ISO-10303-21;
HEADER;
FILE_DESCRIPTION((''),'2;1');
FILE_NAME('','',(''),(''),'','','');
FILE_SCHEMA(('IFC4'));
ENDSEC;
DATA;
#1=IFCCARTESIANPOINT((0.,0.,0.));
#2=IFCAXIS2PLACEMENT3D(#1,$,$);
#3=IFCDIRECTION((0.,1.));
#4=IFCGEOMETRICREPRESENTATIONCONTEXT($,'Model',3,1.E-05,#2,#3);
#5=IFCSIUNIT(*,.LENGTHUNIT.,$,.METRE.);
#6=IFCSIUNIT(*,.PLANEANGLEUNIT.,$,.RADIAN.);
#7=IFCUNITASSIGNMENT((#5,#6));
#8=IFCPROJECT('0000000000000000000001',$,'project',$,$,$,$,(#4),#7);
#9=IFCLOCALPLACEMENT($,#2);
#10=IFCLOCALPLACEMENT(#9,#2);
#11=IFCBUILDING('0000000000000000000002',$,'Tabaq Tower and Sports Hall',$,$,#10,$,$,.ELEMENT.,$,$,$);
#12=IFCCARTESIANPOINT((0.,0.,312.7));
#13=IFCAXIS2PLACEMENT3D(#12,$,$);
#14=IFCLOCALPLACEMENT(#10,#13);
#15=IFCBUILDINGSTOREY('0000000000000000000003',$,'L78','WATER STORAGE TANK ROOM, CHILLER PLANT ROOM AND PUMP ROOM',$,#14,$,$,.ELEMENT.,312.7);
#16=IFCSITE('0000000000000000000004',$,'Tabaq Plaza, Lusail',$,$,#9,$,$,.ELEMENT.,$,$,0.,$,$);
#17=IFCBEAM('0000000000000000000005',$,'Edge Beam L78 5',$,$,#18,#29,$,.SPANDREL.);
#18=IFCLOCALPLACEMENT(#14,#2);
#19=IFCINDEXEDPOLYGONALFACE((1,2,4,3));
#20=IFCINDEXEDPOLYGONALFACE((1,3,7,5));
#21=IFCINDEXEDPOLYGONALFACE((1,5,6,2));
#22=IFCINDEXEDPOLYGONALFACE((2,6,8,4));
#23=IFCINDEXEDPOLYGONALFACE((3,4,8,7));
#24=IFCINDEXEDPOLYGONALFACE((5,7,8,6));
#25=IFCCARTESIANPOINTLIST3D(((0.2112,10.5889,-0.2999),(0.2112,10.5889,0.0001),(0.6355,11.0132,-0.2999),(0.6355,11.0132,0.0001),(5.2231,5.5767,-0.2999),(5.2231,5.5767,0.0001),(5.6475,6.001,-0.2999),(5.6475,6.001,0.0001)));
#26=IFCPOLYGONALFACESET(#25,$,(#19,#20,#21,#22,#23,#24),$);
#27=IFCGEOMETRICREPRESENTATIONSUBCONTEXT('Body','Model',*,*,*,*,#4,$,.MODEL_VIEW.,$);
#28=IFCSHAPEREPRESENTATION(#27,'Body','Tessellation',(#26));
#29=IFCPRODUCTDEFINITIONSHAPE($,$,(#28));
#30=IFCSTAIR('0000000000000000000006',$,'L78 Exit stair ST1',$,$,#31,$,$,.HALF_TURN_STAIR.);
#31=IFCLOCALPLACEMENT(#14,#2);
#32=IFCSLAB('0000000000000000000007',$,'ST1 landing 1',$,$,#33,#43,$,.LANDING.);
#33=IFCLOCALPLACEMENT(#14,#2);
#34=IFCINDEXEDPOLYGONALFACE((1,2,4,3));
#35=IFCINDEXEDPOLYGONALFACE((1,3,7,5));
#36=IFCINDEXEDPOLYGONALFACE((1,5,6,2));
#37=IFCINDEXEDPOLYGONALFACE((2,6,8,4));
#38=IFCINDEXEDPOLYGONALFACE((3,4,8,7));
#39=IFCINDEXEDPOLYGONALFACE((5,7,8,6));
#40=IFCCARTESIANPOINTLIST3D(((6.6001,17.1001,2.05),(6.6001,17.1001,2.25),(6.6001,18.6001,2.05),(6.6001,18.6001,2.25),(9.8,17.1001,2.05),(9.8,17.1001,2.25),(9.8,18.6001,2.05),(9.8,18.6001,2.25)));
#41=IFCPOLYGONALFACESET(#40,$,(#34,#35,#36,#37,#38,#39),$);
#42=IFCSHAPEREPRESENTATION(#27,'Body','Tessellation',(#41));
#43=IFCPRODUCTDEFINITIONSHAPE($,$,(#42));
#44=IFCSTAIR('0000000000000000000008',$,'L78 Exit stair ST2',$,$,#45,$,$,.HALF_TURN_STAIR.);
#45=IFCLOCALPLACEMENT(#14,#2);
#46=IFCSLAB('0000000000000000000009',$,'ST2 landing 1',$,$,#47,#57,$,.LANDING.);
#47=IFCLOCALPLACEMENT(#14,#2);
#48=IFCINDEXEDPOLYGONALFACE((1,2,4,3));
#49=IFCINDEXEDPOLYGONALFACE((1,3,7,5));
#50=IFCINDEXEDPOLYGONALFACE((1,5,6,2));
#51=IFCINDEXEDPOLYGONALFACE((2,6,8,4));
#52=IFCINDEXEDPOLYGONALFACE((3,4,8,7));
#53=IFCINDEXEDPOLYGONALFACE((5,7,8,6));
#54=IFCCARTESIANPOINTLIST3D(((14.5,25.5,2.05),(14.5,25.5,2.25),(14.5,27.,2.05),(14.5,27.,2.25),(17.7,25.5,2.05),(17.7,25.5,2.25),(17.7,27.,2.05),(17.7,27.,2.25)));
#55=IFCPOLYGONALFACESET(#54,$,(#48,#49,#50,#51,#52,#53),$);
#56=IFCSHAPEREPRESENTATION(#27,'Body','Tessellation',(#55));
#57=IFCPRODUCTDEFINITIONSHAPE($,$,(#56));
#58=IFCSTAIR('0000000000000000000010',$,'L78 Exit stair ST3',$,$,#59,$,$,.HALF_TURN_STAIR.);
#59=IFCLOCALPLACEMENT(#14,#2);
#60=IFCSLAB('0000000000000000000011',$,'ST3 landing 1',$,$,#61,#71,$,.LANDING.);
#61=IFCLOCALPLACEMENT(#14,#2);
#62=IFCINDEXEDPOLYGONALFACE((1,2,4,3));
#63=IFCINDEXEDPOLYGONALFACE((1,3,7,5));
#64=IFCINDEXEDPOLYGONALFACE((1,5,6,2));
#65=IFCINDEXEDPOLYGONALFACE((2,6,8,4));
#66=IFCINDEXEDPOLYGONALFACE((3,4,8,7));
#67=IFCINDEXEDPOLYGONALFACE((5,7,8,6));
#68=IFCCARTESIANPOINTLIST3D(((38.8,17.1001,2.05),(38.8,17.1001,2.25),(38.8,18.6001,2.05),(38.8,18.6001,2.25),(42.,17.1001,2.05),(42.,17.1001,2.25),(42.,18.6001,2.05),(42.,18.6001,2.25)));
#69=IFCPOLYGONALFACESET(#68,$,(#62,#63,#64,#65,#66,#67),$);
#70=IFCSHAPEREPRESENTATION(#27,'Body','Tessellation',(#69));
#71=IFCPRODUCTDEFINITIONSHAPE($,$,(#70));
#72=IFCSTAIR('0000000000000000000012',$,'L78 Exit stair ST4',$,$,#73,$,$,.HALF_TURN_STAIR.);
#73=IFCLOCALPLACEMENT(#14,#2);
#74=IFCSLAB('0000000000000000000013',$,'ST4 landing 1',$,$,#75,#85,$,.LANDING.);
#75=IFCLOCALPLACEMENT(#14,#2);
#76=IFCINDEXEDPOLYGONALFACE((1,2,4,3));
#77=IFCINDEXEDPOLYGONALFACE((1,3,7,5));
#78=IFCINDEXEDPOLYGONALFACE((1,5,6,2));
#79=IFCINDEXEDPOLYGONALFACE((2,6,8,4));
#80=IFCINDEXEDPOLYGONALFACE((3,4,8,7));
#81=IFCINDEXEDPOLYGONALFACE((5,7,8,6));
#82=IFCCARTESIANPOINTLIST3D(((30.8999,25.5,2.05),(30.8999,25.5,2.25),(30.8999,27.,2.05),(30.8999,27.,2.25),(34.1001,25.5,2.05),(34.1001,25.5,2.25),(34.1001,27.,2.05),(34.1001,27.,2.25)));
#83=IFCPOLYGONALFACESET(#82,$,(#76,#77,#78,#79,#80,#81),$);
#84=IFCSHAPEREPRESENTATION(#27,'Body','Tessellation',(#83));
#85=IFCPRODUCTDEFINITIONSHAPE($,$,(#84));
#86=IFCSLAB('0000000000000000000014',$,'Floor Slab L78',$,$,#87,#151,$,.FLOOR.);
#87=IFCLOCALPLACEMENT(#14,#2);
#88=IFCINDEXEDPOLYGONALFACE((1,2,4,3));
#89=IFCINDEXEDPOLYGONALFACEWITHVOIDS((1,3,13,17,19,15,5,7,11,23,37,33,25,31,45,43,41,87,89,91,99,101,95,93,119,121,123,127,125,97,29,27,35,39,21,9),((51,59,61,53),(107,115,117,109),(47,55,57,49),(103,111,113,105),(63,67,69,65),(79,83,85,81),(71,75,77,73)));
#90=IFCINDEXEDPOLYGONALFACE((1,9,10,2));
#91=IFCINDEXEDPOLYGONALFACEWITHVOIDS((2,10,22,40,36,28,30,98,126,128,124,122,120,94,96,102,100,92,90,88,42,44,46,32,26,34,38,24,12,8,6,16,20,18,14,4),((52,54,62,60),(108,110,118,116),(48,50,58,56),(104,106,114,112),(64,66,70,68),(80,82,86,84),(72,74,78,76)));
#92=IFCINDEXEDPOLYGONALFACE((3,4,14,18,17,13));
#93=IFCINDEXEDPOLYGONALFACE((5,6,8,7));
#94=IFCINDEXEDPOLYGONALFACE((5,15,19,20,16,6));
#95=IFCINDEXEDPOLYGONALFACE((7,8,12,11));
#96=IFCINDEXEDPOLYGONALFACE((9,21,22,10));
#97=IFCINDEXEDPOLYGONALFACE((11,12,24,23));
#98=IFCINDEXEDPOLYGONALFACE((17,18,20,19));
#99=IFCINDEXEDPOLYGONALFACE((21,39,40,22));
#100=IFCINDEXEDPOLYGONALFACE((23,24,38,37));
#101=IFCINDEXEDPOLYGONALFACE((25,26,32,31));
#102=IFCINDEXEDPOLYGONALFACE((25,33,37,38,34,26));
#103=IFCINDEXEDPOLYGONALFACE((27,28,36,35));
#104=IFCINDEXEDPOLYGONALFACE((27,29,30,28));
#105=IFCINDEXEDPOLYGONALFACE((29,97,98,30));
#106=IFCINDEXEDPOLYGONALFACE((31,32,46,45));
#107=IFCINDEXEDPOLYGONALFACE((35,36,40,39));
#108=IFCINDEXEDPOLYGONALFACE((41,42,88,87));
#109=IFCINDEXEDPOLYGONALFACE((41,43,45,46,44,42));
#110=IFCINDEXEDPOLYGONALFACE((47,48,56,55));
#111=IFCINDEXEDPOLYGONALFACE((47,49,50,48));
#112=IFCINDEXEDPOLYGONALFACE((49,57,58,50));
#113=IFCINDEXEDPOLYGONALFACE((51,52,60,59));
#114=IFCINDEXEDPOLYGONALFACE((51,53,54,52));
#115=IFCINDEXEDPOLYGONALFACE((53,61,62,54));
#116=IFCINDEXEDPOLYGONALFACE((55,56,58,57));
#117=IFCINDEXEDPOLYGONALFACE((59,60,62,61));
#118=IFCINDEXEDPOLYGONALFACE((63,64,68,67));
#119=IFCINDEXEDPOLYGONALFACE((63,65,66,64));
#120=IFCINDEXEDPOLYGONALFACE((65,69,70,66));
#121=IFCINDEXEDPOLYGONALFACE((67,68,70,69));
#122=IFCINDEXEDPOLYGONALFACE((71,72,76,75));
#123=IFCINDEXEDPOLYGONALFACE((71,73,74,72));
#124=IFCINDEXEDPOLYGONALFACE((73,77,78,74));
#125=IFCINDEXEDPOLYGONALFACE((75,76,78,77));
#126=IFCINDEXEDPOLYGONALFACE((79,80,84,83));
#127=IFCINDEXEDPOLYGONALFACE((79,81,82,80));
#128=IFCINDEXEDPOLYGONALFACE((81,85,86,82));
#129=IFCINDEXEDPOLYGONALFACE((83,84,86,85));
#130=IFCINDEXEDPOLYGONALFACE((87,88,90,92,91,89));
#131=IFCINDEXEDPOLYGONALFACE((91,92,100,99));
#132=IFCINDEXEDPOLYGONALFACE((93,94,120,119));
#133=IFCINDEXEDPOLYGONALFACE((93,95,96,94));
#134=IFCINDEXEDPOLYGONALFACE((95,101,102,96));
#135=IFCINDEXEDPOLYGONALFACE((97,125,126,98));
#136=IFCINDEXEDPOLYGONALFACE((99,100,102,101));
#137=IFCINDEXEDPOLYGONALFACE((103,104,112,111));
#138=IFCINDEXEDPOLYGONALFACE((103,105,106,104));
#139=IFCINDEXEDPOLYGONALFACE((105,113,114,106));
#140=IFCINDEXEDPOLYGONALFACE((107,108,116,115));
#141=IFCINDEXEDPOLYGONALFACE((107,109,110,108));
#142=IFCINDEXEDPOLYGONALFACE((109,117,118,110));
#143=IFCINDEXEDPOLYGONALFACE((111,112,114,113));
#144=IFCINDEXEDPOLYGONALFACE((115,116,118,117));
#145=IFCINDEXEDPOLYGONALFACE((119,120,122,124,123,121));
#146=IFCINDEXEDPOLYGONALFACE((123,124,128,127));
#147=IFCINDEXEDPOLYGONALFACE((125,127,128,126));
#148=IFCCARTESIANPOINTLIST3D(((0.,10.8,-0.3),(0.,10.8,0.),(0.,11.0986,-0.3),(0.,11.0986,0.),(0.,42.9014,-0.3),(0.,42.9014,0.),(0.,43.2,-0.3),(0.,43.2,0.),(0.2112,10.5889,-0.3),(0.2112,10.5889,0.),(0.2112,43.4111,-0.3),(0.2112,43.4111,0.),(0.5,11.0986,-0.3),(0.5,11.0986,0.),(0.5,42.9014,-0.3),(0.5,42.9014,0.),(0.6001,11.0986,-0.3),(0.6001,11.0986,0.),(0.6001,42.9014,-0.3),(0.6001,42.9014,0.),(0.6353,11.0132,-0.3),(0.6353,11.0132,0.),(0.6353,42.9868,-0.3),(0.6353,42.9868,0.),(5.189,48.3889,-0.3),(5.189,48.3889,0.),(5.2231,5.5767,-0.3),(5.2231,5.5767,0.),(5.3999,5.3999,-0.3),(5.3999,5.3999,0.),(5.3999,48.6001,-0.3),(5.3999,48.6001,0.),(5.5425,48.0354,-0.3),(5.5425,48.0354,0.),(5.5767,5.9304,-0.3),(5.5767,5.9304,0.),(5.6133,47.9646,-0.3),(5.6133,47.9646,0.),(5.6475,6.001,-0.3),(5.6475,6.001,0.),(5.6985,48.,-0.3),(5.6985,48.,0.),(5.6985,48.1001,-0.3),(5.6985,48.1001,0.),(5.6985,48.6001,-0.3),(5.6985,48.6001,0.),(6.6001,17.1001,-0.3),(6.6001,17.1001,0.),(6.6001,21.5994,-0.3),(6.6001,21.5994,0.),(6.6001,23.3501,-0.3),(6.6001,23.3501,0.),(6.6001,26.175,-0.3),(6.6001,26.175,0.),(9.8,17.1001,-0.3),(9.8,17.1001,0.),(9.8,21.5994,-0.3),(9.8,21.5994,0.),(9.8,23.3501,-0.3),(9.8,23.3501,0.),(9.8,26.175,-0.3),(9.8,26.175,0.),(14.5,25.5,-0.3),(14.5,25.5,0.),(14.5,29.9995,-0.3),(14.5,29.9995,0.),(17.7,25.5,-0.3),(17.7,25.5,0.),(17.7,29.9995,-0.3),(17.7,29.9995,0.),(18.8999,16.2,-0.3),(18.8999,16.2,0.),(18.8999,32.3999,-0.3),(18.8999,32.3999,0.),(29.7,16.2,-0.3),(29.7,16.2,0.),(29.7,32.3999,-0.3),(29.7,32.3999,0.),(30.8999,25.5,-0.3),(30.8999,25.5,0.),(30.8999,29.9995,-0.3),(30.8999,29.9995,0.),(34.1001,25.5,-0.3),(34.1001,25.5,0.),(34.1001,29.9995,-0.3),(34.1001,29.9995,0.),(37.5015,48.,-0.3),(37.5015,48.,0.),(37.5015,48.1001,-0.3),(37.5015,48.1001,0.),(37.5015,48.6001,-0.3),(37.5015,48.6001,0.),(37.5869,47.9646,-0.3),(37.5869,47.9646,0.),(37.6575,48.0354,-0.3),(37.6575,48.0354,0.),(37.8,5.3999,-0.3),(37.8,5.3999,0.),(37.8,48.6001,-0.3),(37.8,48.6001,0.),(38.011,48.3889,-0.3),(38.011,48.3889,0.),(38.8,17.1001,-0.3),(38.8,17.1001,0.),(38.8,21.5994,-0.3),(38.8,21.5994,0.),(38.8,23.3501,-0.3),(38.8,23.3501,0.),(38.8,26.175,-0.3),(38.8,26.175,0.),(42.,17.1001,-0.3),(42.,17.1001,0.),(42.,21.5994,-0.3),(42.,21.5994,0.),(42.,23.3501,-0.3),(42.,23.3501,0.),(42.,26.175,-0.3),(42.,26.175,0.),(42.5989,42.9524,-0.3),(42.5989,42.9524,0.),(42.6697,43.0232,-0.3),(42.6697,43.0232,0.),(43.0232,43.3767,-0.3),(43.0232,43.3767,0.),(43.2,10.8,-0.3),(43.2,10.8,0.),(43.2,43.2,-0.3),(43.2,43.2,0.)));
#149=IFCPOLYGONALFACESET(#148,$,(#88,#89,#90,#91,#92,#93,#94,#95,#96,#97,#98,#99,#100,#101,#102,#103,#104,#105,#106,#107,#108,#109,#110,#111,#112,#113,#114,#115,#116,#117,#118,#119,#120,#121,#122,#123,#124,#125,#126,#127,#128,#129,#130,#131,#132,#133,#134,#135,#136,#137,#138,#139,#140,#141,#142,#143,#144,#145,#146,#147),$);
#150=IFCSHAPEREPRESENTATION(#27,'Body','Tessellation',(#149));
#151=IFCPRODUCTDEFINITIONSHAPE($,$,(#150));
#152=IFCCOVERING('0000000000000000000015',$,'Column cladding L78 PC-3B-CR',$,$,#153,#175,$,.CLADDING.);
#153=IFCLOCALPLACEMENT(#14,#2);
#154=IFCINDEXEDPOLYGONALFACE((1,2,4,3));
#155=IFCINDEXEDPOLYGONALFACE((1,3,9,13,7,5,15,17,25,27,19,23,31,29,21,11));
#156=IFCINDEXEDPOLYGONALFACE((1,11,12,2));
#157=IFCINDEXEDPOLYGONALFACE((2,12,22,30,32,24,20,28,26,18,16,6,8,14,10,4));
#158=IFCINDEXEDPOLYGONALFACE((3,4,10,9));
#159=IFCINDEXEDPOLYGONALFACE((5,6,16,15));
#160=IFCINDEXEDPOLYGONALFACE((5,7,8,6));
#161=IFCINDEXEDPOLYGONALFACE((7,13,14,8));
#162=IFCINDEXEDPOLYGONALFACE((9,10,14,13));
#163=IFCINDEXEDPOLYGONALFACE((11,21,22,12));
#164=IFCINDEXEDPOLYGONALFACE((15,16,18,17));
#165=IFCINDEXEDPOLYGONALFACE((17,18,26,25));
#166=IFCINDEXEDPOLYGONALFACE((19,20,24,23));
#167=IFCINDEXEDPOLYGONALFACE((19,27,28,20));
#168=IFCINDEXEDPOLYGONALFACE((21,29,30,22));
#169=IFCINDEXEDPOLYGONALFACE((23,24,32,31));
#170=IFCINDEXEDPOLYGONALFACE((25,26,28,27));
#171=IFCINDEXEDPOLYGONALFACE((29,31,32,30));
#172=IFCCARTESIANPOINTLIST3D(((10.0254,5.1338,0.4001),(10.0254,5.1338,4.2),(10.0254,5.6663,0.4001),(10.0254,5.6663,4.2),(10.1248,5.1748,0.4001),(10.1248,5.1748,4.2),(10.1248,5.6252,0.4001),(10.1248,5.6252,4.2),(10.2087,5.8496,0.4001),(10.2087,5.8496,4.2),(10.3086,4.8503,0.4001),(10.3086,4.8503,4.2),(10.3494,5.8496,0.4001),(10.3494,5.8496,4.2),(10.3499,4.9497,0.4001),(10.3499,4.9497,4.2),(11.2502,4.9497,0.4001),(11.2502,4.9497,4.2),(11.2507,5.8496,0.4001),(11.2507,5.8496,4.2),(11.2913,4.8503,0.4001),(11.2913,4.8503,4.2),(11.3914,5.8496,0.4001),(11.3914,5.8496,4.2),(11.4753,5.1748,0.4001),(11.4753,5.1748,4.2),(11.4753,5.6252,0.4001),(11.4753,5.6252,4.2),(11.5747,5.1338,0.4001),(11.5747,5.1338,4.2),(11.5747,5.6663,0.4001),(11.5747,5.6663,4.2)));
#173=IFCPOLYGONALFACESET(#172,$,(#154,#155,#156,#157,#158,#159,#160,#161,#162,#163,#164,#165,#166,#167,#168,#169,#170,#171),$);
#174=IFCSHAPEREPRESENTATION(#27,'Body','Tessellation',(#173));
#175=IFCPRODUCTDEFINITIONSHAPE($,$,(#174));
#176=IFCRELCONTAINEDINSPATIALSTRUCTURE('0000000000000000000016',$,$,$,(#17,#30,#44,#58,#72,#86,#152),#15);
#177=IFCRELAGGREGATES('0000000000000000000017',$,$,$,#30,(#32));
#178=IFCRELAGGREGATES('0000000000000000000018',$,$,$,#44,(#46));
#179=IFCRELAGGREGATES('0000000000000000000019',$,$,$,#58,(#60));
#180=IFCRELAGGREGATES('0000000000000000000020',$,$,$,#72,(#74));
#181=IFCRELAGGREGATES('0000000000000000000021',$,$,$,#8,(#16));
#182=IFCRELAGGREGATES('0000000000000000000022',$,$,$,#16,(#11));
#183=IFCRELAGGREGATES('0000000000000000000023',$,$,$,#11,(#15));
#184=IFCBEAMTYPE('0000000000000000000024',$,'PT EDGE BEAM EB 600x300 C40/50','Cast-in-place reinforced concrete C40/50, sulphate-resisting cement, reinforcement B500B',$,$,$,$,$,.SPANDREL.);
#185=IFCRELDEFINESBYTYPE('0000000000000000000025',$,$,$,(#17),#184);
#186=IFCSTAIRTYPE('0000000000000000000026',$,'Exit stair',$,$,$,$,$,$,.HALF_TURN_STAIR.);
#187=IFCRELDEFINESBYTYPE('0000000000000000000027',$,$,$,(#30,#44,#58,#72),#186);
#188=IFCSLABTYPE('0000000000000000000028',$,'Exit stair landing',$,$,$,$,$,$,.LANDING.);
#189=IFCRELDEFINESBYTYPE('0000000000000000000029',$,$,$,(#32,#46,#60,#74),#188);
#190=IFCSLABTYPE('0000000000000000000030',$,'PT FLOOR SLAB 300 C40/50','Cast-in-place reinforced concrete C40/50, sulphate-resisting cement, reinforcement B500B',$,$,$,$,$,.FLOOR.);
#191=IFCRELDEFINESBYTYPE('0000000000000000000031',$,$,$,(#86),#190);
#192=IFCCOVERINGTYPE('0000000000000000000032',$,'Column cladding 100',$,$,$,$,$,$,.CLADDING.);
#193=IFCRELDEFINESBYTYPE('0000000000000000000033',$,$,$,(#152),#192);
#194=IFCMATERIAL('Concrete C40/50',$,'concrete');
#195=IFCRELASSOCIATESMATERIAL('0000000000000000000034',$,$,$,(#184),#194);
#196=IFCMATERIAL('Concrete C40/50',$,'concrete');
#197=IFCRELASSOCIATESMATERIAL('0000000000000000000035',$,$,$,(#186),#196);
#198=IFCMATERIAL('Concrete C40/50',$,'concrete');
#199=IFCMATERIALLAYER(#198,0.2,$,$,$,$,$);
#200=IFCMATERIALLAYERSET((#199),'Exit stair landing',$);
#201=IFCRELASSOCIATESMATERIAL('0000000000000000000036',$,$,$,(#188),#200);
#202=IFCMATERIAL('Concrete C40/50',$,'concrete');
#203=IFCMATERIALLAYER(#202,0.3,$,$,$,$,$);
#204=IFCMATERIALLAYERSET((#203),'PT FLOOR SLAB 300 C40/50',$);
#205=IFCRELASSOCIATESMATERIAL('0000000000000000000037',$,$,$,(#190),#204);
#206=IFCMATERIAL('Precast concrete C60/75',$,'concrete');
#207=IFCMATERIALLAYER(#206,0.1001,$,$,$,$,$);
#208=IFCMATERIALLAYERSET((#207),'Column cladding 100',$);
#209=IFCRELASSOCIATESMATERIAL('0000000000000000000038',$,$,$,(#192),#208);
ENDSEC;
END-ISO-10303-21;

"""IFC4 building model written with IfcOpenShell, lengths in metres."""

from ifc_helpers import new_model, si_unit, direction, frame, origin, origin_2d, place, context, subcontext, project, spatial, polyline, rectangle, outline, extrude, material, layer, layer_set, material_profile, profile_set, type_object, element, aggregate, save


model = new_model("IFC4")

# Units and contexts
model_context = context("Model", 3, precision=1e-05, world=origin(), true_north=direction((0.0, 1.0)))
body_context = subcontext(model_context, "Body", "Model", "MODEL_VIEW")
ifc_project = project(units=[si_unit("LENGTHUNIT", "METRE"), si_unit("PLANEANGLEUNIT", "RADIAN")], contexts=[model_context])

# Site, building, storey
site_placement = place(None, origin())
site = spatial("IfcSite", under=ifc_project, at=site_placement, Name="Tabaq Plaza, Lusail", CompositionType="ELEMENT", RefElevation=0.0)
building_placement = place(site_placement, origin())
building = spatial("IfcBuilding", under=site, at=building_placement, Name="Tabaq Tower and Sports Hall", CompositionType="ELEMENT")
storey_placement = place(building_placement, frame((0.0, 0.0, 312.7)))
storey = spatial("IfcBuildingStorey", under=building, at=storey_placement, Name="L78", Description="WATER STORAGE TANK ROOM, CHILLER PLANT ROOM AND PUMP ROOM", CompositionType="ELEMENT", Elevation=312.7)

# Beam
ifc_material_1 = material(Name="Concrete C40/50", Category="concrete")
ifc_material_profile = material_profile(ifc_material_1, rectangle(XDim=0.6001, YDim=0.3, at=origin_2d()), Name="EB 600x300")
ifc_profile_set = profile_set([ifc_material_profile], Name="Concrete C40/50")
beam_type = type_object("IfcBeamType", Name="PT EDGE BEAM EB 600x300 C40/50", Description="Cast-in-place reinforced concrete C40/50, sulphate-resisting cement, reinforcement B500B", PredefinedType="SPANDREL", material=ifc_profile_set)
beam_placement = place(storey_placement, frame((0.4233, 10.801, -0.1499), z_axis=(0.70709, -0.707124, 0.0), x_axis=(0.707124, 0.70709, 0.0)))
element("IfcBeam", 1, at=beam_placement, inside=storey, type_object=beam_type, Name="Edge Beam L78 5", PredefinedType="SPANDREL", context=body_context, shape_type="SweptSolid", body=[
    extrude(rectangle(XDim=0.6001, YDim=0.3, at=origin_2d()), origin(), (0.0, 0.0, 1.0), 7.0881),
])

# Stairs, slabs
ifc_material_2 = material(Name="Concrete C40/50", Category="concrete")
stair_type = type_object("IfcStairType", Name="Exit stair", PredefinedType="HALF_TURN_STAIR", material=ifc_material_2)
stair_1_placement = place(storey_placement, origin())
stair_1 = element("IfcStair", 2, at=stair_1_placement, inside=storey, type_object=stair_type, Name="L78 Exit stair ST1", PredefinedType="HALF_TURN_STAIR")
ifc_material_3 = material(Name="Concrete C40/50", Category="concrete")
ifc_layer_1 = layer(ifc_material_3, 0.2)
ifc_layer_set_1 = layer_set([ifc_layer_1], Name="Exit stair landing")
slab_type_1 = type_object("IfcSlabType", Name="Exit stair landing", PredefinedType="LANDING", material=ifc_layer_set_1)
slab_1_placement = place(storey_placement, frame((0.0, 0.0, 2.05)))
slab_1 = element("IfcSlab", 3, at=slab_1_placement, type_object=slab_type_1, Name="ST1 landing 1", PredefinedType="LANDING", context=body_context, shape_type="SweptSolid", body=[
    extrude(outline(polyline([(6.6001, 18.6001), (6.6001, 17.1001), (9.8, 17.1001), (9.8, 18.6001), (6.6001, 18.6001)])), origin(), (0.0, 0.0, 1.0), 0.2),
])
aggregate(stair_1, [slab_1])
stair_2_placement = place(storey_placement, origin())
stair_2 = element("IfcStair", 4, at=stair_2_placement, inside=storey, type_object=stair_type, Name="L78 Exit stair ST2", PredefinedType="HALF_TURN_STAIR")
slab_2_placement = place(storey_placement, frame((0.0, 0.0, 2.05)))
slab_2 = element("IfcSlab", 5, at=slab_2_placement, type_object=slab_type_1, Name="ST2 landing 1", PredefinedType="LANDING", context=body_context, shape_type="SweptSolid", body=[
    extrude(outline(polyline([(14.5, 27.0), (14.5, 25.5), (17.7, 25.5), (17.7, 27.0), (14.5, 27.0)])), origin(), (0.0, 0.0, 1.0), 0.2),
])
aggregate(stair_2, [slab_2])
stair_3_placement = place(storey_placement, origin())
stair_3 = element("IfcStair", 6, at=stair_3_placement, inside=storey, type_object=stair_type, Name="L78 Exit stair ST3", PredefinedType="HALF_TURN_STAIR")
slab_3_placement = place(storey_placement, frame((0.0, 0.0, 2.05)))
slab_3 = element("IfcSlab", 7, at=slab_3_placement, type_object=slab_type_1, Name="ST3 landing 1", PredefinedType="LANDING", context=body_context, shape_type="SweptSolid", body=[
    extrude(outline(polyline([(38.8, 18.6001), (38.8, 17.1001), (42.0, 17.1001), (42.0, 18.6001), (38.8, 18.6001)])), origin(), (0.0, 0.0, 1.0), 0.2),
])
aggregate(stair_3, [slab_3])
stair_4_placement = place(storey_placement, origin())
stair_4 = element("IfcStair", 8, at=stair_4_placement, inside=storey, type_object=stair_type, Name="L78 Exit stair ST4", PredefinedType="HALF_TURN_STAIR")
slab_4_placement = place(storey_placement, frame((0.0, 0.0, 2.05)))
slab_4 = element("IfcSlab", 9, at=slab_4_placement, type_object=slab_type_1, Name="ST4 landing 1", PredefinedType="LANDING", context=body_context, shape_type="SweptSolid", body=[
    extrude(outline(polyline([(30.8999, 27.0), (30.8999, 25.5), (34.1001, 25.5), (34.1001, 27.0), (30.8999, 27.0)])), origin(), (0.0, 0.0, 1.0), 0.2),
])
aggregate(stair_4, [slab_4])

# Slab
ifc_material_4 = material(Name="Concrete C40/50", Category="concrete")
ifc_layer_2 = layer(ifc_material_4, 0.3)
ifc_layer_set_2 = layer_set([ifc_layer_2], Name="PT FLOOR SLAB 300 C40/50")
slab_type_2 = type_object("IfcSlabType", Name="PT FLOOR SLAB 300 C40/50", Description="Cast-in-place reinforced concrete C40/50, sulphate-resisting cement, reinforcement B500B", PredefinedType="FLOOR", material=ifc_layer_set_2)
slab_5_placement = place(storey_placement, frame((0.0, 0.0, -0.3)))
element("IfcSlab", 10, at=slab_5_placement, inside=storey, type_object=slab_type_2, Name="Floor Slab L78", PredefinedType="FLOOR", context=body_context, shape_type="SweptSolid", body=[
    extrude(outline(polyline([(0.0, 11.0986), (0.0, 10.8), (0.2112, 10.5889), (0.6353, 11.0132), (5.6475, 6.001), (5.5767, 5.9304), (5.2231, 5.5767), (5.3999, 5.3999), (37.8, 5.3999), (43.2, 10.8), (43.2, 43.2), (43.0232, 43.3767), (42.6697, 43.0232), (42.5989, 42.9524), (37.5869, 47.9646), (37.6575, 48.0354), (38.011, 48.3889), (37.8, 48.6001), (37.5015, 48.6001), (37.5015, 48.1001), (37.5015, 48.0), (5.6985, 48.0), (5.6985, 48.1001), (5.6985, 48.6001), (5.3999, 48.6001), (5.189, 48.3889), (5.5425, 48.0354), (5.6133, 47.9646), (0.6353, 42.9868), (0.2112, 43.4111), (0.0, 43.2), (0.0, 42.9014), (0.5, 42.9014), (0.6001, 42.9014), (0.6001, 11.0986), (0.5, 11.0986), (0.0, 11.0986)]), holes=[polyline([(6.6001, 17.1001), (6.6001, 21.5994), (9.8, 21.5994), (9.8, 17.1001), (6.6001, 17.1001)]), polyline([(38.8, 21.5994), (42.0, 21.5994), (42.0, 17.1001), (38.8, 17.1001), (38.8, 21.5994)]), polyline([(18.8999, 16.2), (18.8999, 32.3999), (29.7, 32.3999), (29.7, 16.2), (18.8999, 16.2)]), polyline([(6.6001, 26.175), (9.8, 26.175), (9.8, 23.3501), (6.6001, 23.3501), (6.6001, 26.175)]), polyline([(38.8, 26.175), (42.0, 26.175), (42.0, 23.3501), (38.8, 23.3501), (38.8, 26.175)]), polyline([(14.5, 29.9995), (17.7, 29.9995), (17.7, 25.5), (14.5, 25.5), (14.5, 29.9995)]), polyline([(30.8999, 29.9995), (34.1001, 29.9995), (34.1001, 25.5), (30.8999, 25.5), (30.8999, 29.9995)])]), origin(), (0.0, 0.0, 1.0), 0.3),
])

# Covering
ifc_material_5 = material(Name="Precast concrete C60/75", Category="concrete")
ifc_layer_3 = layer(ifc_material_5, 0.1001)
ifc_layer_set_3 = layer_set([ifc_layer_3], Name="Column cladding 100")
covering_type_1 = type_object("IfcCoveringType", Name="Column cladding 100", PredefinedType="CLADDING", material=ifc_layer_set_3)
covering_1_placement = place(storey_placement, frame((0.0, 0.0, 0.4001)))
element("IfcCovering", 11, at=covering_1_placement, inside=storey, type_object=covering_type_1, Name="Column cladding L78 PC-3B-CR", PredefinedType="CLADDING", context=body_context, shape_type="SweptSolid", body=[
    extrude(outline(polyline([(10.0254, 5.6663), (10.2087, 5.8496), (10.3494, 5.8496), (10.1248, 5.6252), (10.1248, 5.1748), (10.3499, 4.9497), (11.2502, 4.9497), (11.4753, 5.1748), (11.4753, 5.6252), (11.2507, 5.8496), (11.3914, 5.8496), (11.5747, 5.6663), (11.5747, 5.1338), (11.2913, 4.8503), (10.3086, 4.8503), (10.0254, 5.1338), (10.0254, 5.6663)])), origin(), (0.0, 0.0, 1.0), 3.7998),
])

save(model, "model.ifc")
